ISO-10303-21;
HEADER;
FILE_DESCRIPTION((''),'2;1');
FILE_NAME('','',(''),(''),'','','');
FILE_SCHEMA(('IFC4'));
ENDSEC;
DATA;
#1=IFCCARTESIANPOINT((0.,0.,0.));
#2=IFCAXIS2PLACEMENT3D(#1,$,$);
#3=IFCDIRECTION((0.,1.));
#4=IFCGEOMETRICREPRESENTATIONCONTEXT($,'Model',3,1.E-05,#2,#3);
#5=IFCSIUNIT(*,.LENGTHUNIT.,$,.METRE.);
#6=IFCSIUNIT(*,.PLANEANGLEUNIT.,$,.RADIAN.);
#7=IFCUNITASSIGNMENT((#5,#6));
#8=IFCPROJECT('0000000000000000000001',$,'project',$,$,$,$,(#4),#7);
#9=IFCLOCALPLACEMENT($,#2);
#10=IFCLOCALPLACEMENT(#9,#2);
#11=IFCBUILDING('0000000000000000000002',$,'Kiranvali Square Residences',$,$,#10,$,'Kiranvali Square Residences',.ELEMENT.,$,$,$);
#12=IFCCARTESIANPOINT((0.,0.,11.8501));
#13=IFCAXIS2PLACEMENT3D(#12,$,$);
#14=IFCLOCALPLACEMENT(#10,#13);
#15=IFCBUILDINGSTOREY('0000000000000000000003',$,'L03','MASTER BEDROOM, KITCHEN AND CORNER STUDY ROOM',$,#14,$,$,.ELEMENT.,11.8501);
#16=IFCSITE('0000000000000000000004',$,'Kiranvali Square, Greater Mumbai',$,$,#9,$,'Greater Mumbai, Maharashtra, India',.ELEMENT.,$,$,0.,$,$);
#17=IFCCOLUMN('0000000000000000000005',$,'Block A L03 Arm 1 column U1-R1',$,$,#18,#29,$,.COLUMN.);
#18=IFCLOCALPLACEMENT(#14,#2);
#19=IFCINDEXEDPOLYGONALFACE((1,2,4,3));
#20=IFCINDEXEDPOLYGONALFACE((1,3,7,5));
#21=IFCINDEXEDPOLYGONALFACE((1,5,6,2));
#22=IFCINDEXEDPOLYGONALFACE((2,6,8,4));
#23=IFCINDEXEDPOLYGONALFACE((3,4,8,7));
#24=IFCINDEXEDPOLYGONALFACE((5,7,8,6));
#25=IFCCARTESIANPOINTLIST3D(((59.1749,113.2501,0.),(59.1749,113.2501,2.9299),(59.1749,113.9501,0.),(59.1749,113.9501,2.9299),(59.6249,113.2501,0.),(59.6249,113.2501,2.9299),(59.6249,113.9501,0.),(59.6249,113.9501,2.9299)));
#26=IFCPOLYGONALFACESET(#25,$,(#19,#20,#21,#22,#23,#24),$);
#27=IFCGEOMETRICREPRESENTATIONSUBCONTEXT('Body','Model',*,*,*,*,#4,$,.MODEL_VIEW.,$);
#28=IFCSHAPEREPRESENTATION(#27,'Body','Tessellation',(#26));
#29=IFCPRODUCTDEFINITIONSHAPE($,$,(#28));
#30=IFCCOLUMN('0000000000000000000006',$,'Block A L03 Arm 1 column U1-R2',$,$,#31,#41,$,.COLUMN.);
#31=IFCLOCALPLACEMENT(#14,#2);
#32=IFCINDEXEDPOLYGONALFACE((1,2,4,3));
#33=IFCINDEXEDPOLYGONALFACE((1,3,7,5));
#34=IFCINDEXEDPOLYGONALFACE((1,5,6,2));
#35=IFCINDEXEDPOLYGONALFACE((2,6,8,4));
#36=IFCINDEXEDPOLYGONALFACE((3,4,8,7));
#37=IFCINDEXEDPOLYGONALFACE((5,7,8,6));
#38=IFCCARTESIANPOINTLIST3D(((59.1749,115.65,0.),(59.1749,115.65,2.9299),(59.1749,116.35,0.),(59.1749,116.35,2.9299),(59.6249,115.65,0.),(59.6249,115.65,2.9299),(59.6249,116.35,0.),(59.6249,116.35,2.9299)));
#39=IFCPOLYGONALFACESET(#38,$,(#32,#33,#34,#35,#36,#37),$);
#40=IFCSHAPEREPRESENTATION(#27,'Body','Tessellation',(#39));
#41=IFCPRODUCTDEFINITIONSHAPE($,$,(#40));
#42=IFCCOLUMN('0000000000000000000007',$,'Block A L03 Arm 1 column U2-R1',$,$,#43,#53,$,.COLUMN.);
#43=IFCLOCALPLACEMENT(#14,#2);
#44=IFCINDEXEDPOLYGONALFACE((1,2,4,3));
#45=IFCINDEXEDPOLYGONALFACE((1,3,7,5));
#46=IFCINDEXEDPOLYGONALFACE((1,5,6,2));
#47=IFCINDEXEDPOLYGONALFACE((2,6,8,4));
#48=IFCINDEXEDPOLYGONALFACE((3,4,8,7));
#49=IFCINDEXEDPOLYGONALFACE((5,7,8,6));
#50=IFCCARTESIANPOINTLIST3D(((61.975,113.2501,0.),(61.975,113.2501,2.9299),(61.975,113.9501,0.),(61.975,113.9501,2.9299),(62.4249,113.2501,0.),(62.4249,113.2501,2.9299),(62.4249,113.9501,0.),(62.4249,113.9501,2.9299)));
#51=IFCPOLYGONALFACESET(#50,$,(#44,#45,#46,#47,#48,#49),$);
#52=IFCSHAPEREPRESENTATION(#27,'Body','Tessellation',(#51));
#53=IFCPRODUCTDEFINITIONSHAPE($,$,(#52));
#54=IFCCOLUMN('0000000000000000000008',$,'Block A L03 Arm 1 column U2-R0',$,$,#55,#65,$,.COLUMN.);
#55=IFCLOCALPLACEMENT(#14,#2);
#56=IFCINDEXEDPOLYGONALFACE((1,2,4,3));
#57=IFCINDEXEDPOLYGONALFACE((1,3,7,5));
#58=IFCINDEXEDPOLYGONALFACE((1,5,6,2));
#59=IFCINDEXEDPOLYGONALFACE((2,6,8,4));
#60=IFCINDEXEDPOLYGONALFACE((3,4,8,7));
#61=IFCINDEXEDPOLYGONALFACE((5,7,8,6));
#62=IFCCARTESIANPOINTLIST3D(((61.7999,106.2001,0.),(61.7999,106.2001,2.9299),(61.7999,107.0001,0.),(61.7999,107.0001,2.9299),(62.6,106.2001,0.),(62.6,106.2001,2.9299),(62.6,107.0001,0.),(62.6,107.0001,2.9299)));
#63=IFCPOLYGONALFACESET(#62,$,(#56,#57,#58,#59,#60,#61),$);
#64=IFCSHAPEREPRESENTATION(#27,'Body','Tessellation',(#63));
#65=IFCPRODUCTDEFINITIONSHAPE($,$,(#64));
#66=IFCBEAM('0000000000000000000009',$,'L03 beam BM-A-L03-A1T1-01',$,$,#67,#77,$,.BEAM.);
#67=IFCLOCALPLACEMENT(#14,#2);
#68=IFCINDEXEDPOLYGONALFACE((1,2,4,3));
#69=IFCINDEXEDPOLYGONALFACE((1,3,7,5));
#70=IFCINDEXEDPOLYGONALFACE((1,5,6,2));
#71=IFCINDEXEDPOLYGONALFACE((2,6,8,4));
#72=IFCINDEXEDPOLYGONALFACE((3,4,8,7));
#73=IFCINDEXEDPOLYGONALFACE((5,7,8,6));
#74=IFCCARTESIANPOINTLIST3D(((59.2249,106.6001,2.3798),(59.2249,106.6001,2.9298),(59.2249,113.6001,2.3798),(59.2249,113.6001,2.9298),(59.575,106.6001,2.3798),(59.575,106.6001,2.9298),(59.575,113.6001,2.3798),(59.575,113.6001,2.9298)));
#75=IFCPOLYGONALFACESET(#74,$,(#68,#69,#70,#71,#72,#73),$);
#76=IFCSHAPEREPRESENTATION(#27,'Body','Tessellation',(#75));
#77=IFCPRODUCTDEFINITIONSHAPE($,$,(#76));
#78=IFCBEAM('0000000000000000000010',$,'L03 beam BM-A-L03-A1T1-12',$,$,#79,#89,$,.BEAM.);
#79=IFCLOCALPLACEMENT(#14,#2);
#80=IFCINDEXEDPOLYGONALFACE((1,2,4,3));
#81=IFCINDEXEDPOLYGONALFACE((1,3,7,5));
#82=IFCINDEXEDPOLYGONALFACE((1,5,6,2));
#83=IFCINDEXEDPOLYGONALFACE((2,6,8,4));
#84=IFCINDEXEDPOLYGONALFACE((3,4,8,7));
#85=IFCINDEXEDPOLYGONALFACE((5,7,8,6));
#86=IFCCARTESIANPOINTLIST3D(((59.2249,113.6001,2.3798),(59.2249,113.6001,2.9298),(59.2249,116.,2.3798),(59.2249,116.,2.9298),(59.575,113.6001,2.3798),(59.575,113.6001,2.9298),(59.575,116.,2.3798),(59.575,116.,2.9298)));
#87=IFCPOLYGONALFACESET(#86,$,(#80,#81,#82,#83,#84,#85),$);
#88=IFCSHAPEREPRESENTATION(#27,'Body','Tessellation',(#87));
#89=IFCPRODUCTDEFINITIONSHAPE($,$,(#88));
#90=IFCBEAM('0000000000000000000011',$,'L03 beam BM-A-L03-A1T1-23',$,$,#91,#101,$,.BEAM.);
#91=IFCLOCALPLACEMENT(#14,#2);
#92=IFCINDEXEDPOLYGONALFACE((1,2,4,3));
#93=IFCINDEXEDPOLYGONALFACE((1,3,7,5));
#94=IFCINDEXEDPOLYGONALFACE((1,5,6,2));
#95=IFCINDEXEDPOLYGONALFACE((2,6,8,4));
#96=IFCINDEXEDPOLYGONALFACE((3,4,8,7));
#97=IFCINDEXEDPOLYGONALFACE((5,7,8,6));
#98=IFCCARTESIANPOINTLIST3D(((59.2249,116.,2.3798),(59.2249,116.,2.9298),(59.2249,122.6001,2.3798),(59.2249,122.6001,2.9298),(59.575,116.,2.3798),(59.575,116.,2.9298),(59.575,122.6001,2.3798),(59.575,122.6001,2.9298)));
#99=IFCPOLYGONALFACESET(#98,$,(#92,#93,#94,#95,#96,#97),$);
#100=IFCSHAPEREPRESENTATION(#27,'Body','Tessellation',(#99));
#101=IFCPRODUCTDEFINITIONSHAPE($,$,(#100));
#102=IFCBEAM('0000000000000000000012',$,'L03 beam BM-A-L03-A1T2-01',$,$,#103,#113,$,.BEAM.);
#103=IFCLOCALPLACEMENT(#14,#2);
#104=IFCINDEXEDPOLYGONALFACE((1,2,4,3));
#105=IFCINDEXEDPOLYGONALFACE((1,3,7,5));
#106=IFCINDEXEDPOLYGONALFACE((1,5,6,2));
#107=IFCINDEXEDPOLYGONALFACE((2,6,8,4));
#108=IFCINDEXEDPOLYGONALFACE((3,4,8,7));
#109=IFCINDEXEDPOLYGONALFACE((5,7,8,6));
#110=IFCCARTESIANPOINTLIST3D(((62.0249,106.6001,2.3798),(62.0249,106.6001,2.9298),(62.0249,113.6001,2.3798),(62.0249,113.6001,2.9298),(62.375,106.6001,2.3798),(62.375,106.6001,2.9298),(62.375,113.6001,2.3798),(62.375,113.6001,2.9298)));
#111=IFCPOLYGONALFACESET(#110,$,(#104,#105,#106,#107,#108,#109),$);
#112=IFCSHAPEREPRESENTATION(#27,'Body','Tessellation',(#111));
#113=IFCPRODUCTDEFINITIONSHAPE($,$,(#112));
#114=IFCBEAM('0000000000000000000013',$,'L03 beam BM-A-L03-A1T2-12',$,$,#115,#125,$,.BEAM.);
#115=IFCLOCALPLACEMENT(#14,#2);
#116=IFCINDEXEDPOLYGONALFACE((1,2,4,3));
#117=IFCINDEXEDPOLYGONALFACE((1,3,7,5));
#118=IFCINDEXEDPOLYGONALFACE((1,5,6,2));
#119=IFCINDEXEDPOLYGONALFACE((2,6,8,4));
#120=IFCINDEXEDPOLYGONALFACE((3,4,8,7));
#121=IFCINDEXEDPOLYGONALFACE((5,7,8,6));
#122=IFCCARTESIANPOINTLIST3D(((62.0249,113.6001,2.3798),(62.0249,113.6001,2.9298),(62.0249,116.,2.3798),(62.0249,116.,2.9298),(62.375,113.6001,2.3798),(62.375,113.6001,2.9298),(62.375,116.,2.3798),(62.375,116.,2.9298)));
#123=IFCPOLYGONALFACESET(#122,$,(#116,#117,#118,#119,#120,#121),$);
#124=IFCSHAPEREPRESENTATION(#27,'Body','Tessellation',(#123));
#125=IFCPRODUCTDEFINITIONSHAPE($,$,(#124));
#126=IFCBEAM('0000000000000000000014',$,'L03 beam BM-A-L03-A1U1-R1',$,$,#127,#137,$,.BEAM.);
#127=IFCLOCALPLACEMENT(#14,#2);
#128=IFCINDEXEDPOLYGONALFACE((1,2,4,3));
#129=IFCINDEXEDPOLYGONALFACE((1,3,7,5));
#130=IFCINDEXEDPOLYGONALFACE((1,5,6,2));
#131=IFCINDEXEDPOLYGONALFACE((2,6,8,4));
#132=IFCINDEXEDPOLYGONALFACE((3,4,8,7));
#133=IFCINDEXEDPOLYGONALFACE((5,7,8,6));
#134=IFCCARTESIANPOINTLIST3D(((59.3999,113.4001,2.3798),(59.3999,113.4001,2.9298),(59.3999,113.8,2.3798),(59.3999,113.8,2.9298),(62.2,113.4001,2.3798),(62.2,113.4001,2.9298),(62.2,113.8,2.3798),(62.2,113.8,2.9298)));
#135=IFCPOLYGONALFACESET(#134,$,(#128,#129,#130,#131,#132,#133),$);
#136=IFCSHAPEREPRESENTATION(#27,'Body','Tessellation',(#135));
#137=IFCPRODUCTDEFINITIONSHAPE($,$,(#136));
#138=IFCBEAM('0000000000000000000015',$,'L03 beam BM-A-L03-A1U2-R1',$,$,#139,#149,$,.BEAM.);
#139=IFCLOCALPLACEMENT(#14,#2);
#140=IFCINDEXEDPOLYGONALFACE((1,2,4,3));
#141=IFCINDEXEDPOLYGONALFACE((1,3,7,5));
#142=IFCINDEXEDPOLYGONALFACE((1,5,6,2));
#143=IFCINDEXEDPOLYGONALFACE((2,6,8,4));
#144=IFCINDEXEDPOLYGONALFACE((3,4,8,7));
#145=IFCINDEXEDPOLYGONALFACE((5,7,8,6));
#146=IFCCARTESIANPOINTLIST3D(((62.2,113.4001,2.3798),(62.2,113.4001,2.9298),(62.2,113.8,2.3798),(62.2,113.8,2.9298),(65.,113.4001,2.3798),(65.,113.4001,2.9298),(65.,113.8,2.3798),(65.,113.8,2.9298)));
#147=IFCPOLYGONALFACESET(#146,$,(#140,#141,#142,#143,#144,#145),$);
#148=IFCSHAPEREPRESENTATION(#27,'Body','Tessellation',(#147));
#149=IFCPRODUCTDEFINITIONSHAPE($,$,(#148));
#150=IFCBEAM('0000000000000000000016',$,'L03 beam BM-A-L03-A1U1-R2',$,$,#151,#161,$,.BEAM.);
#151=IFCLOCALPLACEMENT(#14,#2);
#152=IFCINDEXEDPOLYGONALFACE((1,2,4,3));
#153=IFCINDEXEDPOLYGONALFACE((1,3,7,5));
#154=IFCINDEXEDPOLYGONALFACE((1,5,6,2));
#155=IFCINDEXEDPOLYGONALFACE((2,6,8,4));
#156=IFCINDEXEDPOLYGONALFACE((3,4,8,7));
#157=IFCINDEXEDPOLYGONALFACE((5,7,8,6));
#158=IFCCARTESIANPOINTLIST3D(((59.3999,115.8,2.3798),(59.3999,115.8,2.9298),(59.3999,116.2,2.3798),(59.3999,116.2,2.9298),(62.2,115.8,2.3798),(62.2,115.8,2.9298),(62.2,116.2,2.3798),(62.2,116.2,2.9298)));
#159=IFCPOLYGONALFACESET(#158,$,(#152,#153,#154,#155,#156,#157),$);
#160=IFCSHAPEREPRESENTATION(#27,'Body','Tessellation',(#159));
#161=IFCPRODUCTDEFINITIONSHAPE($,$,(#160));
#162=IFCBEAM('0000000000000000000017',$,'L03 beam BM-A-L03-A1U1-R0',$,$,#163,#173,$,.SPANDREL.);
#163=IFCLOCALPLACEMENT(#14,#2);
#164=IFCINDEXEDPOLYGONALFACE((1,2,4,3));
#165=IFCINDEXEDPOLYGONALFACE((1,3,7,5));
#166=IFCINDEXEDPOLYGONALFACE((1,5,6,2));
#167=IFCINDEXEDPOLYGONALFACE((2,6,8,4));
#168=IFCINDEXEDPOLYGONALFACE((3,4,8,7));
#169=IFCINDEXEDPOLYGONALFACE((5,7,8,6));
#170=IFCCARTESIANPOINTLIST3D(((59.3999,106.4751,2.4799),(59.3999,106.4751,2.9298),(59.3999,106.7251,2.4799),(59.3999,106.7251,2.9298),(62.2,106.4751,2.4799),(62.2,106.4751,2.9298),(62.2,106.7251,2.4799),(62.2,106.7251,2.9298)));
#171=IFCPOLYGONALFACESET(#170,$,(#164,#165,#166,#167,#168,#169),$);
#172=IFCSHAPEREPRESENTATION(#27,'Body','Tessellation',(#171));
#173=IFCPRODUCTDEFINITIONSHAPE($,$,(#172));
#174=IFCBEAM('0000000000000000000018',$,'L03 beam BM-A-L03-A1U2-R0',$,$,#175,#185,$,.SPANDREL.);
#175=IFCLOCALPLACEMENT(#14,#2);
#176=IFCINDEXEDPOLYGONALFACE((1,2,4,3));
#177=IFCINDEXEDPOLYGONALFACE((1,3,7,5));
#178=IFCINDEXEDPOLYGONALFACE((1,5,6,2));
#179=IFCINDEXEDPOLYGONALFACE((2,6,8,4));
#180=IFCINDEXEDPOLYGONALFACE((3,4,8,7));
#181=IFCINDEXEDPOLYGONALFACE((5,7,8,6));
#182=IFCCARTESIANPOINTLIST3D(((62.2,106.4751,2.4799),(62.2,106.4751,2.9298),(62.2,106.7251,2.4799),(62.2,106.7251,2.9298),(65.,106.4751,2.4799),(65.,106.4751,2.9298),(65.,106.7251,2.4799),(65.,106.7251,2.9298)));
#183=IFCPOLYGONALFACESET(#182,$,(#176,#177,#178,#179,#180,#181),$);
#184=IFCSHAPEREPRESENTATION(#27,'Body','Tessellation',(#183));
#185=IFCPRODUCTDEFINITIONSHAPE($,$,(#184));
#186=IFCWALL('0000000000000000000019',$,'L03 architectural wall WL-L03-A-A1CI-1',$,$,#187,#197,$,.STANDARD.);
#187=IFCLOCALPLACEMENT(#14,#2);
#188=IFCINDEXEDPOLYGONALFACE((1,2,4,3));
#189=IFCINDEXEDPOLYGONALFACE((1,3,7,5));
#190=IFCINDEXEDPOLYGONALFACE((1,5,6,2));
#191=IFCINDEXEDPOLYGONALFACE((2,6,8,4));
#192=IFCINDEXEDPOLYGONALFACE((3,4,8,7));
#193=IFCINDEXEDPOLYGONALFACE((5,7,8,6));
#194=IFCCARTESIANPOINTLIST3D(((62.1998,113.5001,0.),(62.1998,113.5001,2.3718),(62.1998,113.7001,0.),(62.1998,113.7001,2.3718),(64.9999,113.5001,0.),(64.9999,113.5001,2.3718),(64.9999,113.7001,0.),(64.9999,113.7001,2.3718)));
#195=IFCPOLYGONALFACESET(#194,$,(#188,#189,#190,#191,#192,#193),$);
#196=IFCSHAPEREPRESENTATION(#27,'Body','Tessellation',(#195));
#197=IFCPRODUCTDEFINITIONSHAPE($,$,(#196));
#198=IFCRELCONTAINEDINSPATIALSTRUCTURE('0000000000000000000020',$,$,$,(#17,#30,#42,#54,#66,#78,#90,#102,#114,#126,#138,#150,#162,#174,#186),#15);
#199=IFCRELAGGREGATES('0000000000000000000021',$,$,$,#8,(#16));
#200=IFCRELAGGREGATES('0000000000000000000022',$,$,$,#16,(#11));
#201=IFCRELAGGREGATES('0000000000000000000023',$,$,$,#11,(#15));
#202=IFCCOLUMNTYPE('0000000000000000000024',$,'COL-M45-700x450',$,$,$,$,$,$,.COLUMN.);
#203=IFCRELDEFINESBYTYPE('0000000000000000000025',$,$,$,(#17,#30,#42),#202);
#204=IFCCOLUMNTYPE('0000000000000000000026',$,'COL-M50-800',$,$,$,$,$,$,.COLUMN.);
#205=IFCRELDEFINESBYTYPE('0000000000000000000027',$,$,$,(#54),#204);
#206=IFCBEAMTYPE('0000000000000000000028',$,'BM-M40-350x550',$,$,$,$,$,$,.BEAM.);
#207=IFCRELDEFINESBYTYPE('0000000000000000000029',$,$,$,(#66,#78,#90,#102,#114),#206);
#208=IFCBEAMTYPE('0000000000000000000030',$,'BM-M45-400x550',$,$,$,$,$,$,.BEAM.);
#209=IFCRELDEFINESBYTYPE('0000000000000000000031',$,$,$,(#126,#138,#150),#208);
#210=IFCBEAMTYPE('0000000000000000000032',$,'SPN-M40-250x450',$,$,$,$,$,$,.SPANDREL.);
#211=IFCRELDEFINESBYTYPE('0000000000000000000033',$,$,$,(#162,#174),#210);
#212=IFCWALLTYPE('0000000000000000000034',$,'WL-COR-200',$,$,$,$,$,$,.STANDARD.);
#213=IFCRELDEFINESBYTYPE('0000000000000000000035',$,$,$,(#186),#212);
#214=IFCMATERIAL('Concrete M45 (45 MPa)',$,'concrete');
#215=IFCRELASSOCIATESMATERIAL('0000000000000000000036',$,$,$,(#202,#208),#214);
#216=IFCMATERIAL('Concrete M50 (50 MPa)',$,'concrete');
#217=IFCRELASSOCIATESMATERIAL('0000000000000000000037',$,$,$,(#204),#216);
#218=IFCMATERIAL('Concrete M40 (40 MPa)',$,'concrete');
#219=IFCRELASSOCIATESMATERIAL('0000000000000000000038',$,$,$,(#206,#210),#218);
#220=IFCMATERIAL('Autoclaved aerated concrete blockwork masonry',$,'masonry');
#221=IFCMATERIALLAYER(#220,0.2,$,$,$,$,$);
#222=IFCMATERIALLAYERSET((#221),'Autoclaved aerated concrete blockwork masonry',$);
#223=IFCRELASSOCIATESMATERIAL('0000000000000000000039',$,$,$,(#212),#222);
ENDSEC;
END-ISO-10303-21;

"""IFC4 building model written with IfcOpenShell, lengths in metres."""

from ifc_helpers import new_model, si_unit, direction, frame, frame_2d, origin, origin_2d, place, context, subcontext, project, spatial, rectangle, extrude, material, layer, layer_set, material_profile, profile_set, type_object, element, save


model = new_model("IFC4")

# Units and contexts
model_context = context("Model", 3, precision=1e-05, world=origin(), true_north=direction((0.0, 1.0)))
body_context = subcontext(model_context, "Body", "Model", "MODEL_VIEW")
ifc_project = project(units=[si_unit("LENGTHUNIT", "METRE"), si_unit("PLANEANGLEUNIT", "RADIAN")], contexts=[model_context])

# Site, building, storey
site_placement = place(None, origin())
site = spatial("IfcSite", under=ifc_project, at=site_placement, Name="Kiranvali Square, Greater Mumbai", LongName="Greater Mumbai, Maharashtra, India", CompositionType="ELEMENT", RefElevation=0.0)
building_placement = place(site_placement, origin())
building = spatial("IfcBuilding", under=site, at=building_placement, Name="Kiranvali Square Residences", LongName="Kiranvali Square Residences", CompositionType="ELEMENT")
storey_placement = place(building_placement, frame((0.0, 0.0, 11.8501)))
storey = spatial("IfcBuildingStorey", under=building, at=storey_placement, Name="L03", Description="MASTER BEDROOM, KITCHEN AND CORNER STUDY ROOM", CompositionType="ELEMENT", Elevation=11.8501)

# Columns
ifc_material_1 = material(Name="Concrete M45 (45 MPa)", Category="concrete")
ifc_material_profile_1 = material_profile(ifc_material_1, rectangle(XDim=0.45, YDim=0.7, at=origin_2d()), Name="RC 700x450")
ifc_profile_set_1 = profile_set([ifc_material_profile_1], Name="Concrete M45 (45 MPa)")
column_type_1 = type_object("IfcColumnType", Name="COL-M45-700x450", PredefinedType="COLUMN", material=ifc_profile_set_1)
for number, where, z_axis, x_axis, name in (
    (1, (59.3999, 113.6001, 0.0), (0.0, 0.0, 1.0), (1.0, 0.0, 0.0), "Block A L03 Arm 1 column U1-R1"),
    (2, (59.3999, 116.0, 0.0), (0.0, 0.0, 1.0), (1.0, 0.0, 0.0), "Block A L03 Arm 1 column U1-R2"),
    (3, (62.2, 113.6001, 0.0), (0.0, 0.0, 1.0), (1.0, 0.0, 0.0), "Block A L03 Arm 1 column U2-R1"),
):
    element("IfcColumn", number, at=place(storey_placement, frame(where, z_axis=z_axis, x_axis=x_axis)), inside=storey, type_object=column_type_1, Name=name, PredefinedType="COLUMN", context=body_context, shape_type="SweptSolid", body=[
        extrude(rectangle(XDim=0.45, YDim=0.7, at=origin_2d()), origin(), (0.0, 0.0, 1.0), 2.9299),
    ])
ifc_material_2 = material(Name="Concrete M50 (50 MPa)", Category="concrete")
ifc_material_profile_2 = material_profile(ifc_material_2, rectangle(XDim=0.8, YDim=0.8, at=origin_2d()), Name="RC 800x800")
ifc_profile_set_2 = profile_set([ifc_material_profile_2], Name="Concrete M50 (50 MPa)")
column_type_2 = type_object("IfcColumnType", Name="COL-M50-800", PredefinedType="COLUMN", material=ifc_profile_set_2)
column_placement = place(storey_placement, frame((62.2, 106.6001, 0.0), z_axis=(0.0, 0.0, 1.0), x_axis=(1.0, 0.0, 0.0)))
element("IfcColumn", 4, at=column_placement, inside=storey, type_object=column_type_2, Name="Block A L03 Arm 1 column U2-R0", PredefinedType="COLUMN", context=body_context, shape_type="SweptSolid", body=[
    extrude(rectangle(XDim=0.8, YDim=0.8, at=origin_2d()), origin(), (0.0, 0.0, 1.0), 2.9299),
])

# Beams
ifc_material_3 = material(Name="Concrete M40 (40 MPa)", Category="concrete")
ifc_material_profile_3 = material_profile(ifc_material_3, rectangle(XDim=0.3501, YDim=0.55, at=origin_2d()), Name="RC 350x550")
ifc_profile_set_3 = profile_set([ifc_material_profile_3], Name="Concrete M40 (40 MPa)")
beam_type_1 = type_object("IfcBeamType", Name="BM-M40-350x550", PredefinedType="BEAM", material=ifc_profile_set_3)
beam_1_placement = place(storey_placement, frame((59.3999, 106.6001, 2.6548), z_axis=(0.0, 1.0, 0.0), x_axis=(-1.0, 0.0, 0.0)))
element("IfcBeam", 5, at=beam_1_placement, inside=storey, type_object=beam_type_1, Name="L03 beam BM-A-L03-A1T1-01", PredefinedType="BEAM", context=body_context, shape_type="SweptSolid", body=[
    extrude(rectangle(XDim=0.3501, YDim=0.55, at=origin_2d()), origin(), (0.0, 0.0, 1.0), 7.0),
])
beam_2_placement = place(storey_placement, frame((59.3999, 113.6001, 2.6548), z_axis=(0.0, 1.0, 0.0), x_axis=(-1.0, 0.0, 0.0)))
element("IfcBeam", 6, at=beam_2_placement, inside=storey, type_object=beam_type_1, Name="L03 beam BM-A-L03-A1T1-12", PredefinedType="BEAM", context=body_context, shape_type="SweptSolid", body=[
    extrude(rectangle(XDim=0.3501, YDim=0.55, at=origin_2d()), origin(), (0.0, 0.0, 1.0), 2.3999),
])
beam_3_placement = place(storey_placement, frame((59.3999, 116.0, 2.6548), z_axis=(0.0, 1.0, 0.0), x_axis=(-1.0, 0.0, 0.0)))
element("IfcBeam", 7, at=beam_3_placement, inside=storey, type_object=beam_type_1, Name="L03 beam BM-A-L03-A1T1-23", PredefinedType="BEAM", context=body_context, shape_type="SweptSolid", body=[
    extrude(rectangle(XDim=0.3501, YDim=0.55, at=origin_2d()), origin(), (0.0, 0.0, 1.0), 6.6001),
])
beam_4_placement = place(storey_placement, frame((62.2, 106.6001, 2.6548), z_axis=(0.0, 1.0, 0.0), x_axis=(-1.0, 0.0, 0.0)))
element("IfcBeam", 8, at=beam_4_placement, inside=storey, type_object=beam_type_1, Name="L03 beam BM-A-L03-A1T2-01", PredefinedType="BEAM", context=body_context, shape_type="SweptSolid", body=[
    extrude(rectangle(XDim=0.3501, YDim=0.55, at=origin_2d()), origin(), (0.0, 0.0, 1.0), 7.0),
])
beam_5_placement = place(storey_placement, frame((62.2, 113.6001, 2.6548), z_axis=(0.0, 1.0, 0.0), x_axis=(-1.0, 0.0, 0.0)))
element("IfcBeam", 9, at=beam_5_placement, inside=storey, type_object=beam_type_1, Name="L03 beam BM-A-L03-A1T2-12", PredefinedType="BEAM", context=body_context, shape_type="SweptSolid", body=[
    extrude(rectangle(XDim=0.3501, YDim=0.55, at=origin_2d()), origin(), (0.0, 0.0, 1.0), 2.3999),
])
ifc_material_profile_4 = material_profile(ifc_material_1, rectangle(XDim=0.3999, YDim=0.55, at=origin_2d()), Name="RC 400x550")
ifc_profile_set_4 = profile_set([ifc_material_profile_4], Name="Concrete M45 (45 MPa)")
beam_type_2 = type_object("IfcBeamType", Name="BM-M45-400x550", PredefinedType="BEAM", material=ifc_profile_set_4)
for number, where, z_axis, x_axis, name in (
    (10, (59.3999, 113.6001, 2.6548), (1.0, 0.0, 0.0), (0.0, 1.0, 0.0), "L03 beam BM-A-L03-A1U1-R1"),
    (11, (62.2, 113.6001, 2.6548), (1.0, 0.0, 0.0), (0.0, 1.0, 0.0), "L03 beam BM-A-L03-A1U2-R1"),
    (12, (59.3999, 116.0, 2.6548), (1.0, 0.0, 0.0), (0.0, 1.0, 0.0), "L03 beam BM-A-L03-A1U1-R2"),
):
    element("IfcBeam", number, at=place(storey_placement, frame(where, z_axis=z_axis, x_axis=x_axis)), inside=storey, type_object=beam_type_2, Name=name, PredefinedType="BEAM", context=body_context, shape_type="SweptSolid", body=[
        extrude(rectangle(XDim=0.3999, YDim=0.55, at=origin_2d()), origin(), (0.0, 0.0, 1.0), 2.8),
    ])
ifc_material_profile_5 = material_profile(ifc_material_3, rectangle(XDim=0.25, YDim=0.45, at=origin_2d()), Name="RC 250x450")
ifc_profile_set_5 = profile_set([ifc_material_profile_5], Name="Concrete M40 (40 MPa)")
beam_type_3 = type_object("IfcBeamType", Name="SPN-M40-250x450", PredefinedType="SPANDREL", material=ifc_profile_set_5)
for number, where, z_axis, x_axis, name in (
    (13, (59.3999, 106.6001, 2.7048), (1.0, 0.0, 0.0), (0.0, 1.0, 0.0), "L03 beam BM-A-L03-A1U1-R0"),
    (14, (62.2, 106.6001, 2.7048), (1.0, 0.0, 0.0), (0.0, 1.0, 0.0), "L03 beam BM-A-L03-A1U2-R0"),
):
    element("IfcBeam", number, at=place(storey_placement, frame(where, z_axis=z_axis, x_axis=x_axis)), inside=storey, type_object=beam_type_3, Name=name, PredefinedType="SPANDREL", context=body_context, shape_type="SweptSolid", body=[
        extrude(rectangle(XDim=0.25, YDim=0.45, at=origin_2d()), origin(), (0.0, 0.0, 1.0), 2.8),
    ])

# Shared definitions
ifc_material_4 = material(Name="Autoclaved aerated concrete blockwork masonry", Category="masonry")
ifc_layer_1 = layer(ifc_material_4, 0.2)
ifc_layer_set_1 = layer_set([ifc_layer_1], Name="Autoclaved aerated concrete blockwork masonry")
wall_type_1 = type_object("IfcWallType", Name="WL-COR-200", PredefinedType="STANDARD", material=ifc_layer_set_1)

# Wall
wall_1_placement = place(storey_placement, frame((62.2, 113.6001, 0.0), z_axis=(0.0, 0.0, 1.0), x_axis=(1.0, 0.0, 0.0)))
element("IfcWall", 15, at=wall_1_placement, inside=storey, type_object=wall_type_1, Name="L03 architectural wall WL-L03-A-A1CI-1", PredefinedType="STANDARD", context=body_context, shape_type="SweptSolid", body=[
    extrude(rectangle(XDim=2.8, YDim=0.2, at=frame_2d((1.3999, 0.0))), origin(), (0.0, 0.0, 1.0), 2.3718),
])

save(model, "model.ifc")
